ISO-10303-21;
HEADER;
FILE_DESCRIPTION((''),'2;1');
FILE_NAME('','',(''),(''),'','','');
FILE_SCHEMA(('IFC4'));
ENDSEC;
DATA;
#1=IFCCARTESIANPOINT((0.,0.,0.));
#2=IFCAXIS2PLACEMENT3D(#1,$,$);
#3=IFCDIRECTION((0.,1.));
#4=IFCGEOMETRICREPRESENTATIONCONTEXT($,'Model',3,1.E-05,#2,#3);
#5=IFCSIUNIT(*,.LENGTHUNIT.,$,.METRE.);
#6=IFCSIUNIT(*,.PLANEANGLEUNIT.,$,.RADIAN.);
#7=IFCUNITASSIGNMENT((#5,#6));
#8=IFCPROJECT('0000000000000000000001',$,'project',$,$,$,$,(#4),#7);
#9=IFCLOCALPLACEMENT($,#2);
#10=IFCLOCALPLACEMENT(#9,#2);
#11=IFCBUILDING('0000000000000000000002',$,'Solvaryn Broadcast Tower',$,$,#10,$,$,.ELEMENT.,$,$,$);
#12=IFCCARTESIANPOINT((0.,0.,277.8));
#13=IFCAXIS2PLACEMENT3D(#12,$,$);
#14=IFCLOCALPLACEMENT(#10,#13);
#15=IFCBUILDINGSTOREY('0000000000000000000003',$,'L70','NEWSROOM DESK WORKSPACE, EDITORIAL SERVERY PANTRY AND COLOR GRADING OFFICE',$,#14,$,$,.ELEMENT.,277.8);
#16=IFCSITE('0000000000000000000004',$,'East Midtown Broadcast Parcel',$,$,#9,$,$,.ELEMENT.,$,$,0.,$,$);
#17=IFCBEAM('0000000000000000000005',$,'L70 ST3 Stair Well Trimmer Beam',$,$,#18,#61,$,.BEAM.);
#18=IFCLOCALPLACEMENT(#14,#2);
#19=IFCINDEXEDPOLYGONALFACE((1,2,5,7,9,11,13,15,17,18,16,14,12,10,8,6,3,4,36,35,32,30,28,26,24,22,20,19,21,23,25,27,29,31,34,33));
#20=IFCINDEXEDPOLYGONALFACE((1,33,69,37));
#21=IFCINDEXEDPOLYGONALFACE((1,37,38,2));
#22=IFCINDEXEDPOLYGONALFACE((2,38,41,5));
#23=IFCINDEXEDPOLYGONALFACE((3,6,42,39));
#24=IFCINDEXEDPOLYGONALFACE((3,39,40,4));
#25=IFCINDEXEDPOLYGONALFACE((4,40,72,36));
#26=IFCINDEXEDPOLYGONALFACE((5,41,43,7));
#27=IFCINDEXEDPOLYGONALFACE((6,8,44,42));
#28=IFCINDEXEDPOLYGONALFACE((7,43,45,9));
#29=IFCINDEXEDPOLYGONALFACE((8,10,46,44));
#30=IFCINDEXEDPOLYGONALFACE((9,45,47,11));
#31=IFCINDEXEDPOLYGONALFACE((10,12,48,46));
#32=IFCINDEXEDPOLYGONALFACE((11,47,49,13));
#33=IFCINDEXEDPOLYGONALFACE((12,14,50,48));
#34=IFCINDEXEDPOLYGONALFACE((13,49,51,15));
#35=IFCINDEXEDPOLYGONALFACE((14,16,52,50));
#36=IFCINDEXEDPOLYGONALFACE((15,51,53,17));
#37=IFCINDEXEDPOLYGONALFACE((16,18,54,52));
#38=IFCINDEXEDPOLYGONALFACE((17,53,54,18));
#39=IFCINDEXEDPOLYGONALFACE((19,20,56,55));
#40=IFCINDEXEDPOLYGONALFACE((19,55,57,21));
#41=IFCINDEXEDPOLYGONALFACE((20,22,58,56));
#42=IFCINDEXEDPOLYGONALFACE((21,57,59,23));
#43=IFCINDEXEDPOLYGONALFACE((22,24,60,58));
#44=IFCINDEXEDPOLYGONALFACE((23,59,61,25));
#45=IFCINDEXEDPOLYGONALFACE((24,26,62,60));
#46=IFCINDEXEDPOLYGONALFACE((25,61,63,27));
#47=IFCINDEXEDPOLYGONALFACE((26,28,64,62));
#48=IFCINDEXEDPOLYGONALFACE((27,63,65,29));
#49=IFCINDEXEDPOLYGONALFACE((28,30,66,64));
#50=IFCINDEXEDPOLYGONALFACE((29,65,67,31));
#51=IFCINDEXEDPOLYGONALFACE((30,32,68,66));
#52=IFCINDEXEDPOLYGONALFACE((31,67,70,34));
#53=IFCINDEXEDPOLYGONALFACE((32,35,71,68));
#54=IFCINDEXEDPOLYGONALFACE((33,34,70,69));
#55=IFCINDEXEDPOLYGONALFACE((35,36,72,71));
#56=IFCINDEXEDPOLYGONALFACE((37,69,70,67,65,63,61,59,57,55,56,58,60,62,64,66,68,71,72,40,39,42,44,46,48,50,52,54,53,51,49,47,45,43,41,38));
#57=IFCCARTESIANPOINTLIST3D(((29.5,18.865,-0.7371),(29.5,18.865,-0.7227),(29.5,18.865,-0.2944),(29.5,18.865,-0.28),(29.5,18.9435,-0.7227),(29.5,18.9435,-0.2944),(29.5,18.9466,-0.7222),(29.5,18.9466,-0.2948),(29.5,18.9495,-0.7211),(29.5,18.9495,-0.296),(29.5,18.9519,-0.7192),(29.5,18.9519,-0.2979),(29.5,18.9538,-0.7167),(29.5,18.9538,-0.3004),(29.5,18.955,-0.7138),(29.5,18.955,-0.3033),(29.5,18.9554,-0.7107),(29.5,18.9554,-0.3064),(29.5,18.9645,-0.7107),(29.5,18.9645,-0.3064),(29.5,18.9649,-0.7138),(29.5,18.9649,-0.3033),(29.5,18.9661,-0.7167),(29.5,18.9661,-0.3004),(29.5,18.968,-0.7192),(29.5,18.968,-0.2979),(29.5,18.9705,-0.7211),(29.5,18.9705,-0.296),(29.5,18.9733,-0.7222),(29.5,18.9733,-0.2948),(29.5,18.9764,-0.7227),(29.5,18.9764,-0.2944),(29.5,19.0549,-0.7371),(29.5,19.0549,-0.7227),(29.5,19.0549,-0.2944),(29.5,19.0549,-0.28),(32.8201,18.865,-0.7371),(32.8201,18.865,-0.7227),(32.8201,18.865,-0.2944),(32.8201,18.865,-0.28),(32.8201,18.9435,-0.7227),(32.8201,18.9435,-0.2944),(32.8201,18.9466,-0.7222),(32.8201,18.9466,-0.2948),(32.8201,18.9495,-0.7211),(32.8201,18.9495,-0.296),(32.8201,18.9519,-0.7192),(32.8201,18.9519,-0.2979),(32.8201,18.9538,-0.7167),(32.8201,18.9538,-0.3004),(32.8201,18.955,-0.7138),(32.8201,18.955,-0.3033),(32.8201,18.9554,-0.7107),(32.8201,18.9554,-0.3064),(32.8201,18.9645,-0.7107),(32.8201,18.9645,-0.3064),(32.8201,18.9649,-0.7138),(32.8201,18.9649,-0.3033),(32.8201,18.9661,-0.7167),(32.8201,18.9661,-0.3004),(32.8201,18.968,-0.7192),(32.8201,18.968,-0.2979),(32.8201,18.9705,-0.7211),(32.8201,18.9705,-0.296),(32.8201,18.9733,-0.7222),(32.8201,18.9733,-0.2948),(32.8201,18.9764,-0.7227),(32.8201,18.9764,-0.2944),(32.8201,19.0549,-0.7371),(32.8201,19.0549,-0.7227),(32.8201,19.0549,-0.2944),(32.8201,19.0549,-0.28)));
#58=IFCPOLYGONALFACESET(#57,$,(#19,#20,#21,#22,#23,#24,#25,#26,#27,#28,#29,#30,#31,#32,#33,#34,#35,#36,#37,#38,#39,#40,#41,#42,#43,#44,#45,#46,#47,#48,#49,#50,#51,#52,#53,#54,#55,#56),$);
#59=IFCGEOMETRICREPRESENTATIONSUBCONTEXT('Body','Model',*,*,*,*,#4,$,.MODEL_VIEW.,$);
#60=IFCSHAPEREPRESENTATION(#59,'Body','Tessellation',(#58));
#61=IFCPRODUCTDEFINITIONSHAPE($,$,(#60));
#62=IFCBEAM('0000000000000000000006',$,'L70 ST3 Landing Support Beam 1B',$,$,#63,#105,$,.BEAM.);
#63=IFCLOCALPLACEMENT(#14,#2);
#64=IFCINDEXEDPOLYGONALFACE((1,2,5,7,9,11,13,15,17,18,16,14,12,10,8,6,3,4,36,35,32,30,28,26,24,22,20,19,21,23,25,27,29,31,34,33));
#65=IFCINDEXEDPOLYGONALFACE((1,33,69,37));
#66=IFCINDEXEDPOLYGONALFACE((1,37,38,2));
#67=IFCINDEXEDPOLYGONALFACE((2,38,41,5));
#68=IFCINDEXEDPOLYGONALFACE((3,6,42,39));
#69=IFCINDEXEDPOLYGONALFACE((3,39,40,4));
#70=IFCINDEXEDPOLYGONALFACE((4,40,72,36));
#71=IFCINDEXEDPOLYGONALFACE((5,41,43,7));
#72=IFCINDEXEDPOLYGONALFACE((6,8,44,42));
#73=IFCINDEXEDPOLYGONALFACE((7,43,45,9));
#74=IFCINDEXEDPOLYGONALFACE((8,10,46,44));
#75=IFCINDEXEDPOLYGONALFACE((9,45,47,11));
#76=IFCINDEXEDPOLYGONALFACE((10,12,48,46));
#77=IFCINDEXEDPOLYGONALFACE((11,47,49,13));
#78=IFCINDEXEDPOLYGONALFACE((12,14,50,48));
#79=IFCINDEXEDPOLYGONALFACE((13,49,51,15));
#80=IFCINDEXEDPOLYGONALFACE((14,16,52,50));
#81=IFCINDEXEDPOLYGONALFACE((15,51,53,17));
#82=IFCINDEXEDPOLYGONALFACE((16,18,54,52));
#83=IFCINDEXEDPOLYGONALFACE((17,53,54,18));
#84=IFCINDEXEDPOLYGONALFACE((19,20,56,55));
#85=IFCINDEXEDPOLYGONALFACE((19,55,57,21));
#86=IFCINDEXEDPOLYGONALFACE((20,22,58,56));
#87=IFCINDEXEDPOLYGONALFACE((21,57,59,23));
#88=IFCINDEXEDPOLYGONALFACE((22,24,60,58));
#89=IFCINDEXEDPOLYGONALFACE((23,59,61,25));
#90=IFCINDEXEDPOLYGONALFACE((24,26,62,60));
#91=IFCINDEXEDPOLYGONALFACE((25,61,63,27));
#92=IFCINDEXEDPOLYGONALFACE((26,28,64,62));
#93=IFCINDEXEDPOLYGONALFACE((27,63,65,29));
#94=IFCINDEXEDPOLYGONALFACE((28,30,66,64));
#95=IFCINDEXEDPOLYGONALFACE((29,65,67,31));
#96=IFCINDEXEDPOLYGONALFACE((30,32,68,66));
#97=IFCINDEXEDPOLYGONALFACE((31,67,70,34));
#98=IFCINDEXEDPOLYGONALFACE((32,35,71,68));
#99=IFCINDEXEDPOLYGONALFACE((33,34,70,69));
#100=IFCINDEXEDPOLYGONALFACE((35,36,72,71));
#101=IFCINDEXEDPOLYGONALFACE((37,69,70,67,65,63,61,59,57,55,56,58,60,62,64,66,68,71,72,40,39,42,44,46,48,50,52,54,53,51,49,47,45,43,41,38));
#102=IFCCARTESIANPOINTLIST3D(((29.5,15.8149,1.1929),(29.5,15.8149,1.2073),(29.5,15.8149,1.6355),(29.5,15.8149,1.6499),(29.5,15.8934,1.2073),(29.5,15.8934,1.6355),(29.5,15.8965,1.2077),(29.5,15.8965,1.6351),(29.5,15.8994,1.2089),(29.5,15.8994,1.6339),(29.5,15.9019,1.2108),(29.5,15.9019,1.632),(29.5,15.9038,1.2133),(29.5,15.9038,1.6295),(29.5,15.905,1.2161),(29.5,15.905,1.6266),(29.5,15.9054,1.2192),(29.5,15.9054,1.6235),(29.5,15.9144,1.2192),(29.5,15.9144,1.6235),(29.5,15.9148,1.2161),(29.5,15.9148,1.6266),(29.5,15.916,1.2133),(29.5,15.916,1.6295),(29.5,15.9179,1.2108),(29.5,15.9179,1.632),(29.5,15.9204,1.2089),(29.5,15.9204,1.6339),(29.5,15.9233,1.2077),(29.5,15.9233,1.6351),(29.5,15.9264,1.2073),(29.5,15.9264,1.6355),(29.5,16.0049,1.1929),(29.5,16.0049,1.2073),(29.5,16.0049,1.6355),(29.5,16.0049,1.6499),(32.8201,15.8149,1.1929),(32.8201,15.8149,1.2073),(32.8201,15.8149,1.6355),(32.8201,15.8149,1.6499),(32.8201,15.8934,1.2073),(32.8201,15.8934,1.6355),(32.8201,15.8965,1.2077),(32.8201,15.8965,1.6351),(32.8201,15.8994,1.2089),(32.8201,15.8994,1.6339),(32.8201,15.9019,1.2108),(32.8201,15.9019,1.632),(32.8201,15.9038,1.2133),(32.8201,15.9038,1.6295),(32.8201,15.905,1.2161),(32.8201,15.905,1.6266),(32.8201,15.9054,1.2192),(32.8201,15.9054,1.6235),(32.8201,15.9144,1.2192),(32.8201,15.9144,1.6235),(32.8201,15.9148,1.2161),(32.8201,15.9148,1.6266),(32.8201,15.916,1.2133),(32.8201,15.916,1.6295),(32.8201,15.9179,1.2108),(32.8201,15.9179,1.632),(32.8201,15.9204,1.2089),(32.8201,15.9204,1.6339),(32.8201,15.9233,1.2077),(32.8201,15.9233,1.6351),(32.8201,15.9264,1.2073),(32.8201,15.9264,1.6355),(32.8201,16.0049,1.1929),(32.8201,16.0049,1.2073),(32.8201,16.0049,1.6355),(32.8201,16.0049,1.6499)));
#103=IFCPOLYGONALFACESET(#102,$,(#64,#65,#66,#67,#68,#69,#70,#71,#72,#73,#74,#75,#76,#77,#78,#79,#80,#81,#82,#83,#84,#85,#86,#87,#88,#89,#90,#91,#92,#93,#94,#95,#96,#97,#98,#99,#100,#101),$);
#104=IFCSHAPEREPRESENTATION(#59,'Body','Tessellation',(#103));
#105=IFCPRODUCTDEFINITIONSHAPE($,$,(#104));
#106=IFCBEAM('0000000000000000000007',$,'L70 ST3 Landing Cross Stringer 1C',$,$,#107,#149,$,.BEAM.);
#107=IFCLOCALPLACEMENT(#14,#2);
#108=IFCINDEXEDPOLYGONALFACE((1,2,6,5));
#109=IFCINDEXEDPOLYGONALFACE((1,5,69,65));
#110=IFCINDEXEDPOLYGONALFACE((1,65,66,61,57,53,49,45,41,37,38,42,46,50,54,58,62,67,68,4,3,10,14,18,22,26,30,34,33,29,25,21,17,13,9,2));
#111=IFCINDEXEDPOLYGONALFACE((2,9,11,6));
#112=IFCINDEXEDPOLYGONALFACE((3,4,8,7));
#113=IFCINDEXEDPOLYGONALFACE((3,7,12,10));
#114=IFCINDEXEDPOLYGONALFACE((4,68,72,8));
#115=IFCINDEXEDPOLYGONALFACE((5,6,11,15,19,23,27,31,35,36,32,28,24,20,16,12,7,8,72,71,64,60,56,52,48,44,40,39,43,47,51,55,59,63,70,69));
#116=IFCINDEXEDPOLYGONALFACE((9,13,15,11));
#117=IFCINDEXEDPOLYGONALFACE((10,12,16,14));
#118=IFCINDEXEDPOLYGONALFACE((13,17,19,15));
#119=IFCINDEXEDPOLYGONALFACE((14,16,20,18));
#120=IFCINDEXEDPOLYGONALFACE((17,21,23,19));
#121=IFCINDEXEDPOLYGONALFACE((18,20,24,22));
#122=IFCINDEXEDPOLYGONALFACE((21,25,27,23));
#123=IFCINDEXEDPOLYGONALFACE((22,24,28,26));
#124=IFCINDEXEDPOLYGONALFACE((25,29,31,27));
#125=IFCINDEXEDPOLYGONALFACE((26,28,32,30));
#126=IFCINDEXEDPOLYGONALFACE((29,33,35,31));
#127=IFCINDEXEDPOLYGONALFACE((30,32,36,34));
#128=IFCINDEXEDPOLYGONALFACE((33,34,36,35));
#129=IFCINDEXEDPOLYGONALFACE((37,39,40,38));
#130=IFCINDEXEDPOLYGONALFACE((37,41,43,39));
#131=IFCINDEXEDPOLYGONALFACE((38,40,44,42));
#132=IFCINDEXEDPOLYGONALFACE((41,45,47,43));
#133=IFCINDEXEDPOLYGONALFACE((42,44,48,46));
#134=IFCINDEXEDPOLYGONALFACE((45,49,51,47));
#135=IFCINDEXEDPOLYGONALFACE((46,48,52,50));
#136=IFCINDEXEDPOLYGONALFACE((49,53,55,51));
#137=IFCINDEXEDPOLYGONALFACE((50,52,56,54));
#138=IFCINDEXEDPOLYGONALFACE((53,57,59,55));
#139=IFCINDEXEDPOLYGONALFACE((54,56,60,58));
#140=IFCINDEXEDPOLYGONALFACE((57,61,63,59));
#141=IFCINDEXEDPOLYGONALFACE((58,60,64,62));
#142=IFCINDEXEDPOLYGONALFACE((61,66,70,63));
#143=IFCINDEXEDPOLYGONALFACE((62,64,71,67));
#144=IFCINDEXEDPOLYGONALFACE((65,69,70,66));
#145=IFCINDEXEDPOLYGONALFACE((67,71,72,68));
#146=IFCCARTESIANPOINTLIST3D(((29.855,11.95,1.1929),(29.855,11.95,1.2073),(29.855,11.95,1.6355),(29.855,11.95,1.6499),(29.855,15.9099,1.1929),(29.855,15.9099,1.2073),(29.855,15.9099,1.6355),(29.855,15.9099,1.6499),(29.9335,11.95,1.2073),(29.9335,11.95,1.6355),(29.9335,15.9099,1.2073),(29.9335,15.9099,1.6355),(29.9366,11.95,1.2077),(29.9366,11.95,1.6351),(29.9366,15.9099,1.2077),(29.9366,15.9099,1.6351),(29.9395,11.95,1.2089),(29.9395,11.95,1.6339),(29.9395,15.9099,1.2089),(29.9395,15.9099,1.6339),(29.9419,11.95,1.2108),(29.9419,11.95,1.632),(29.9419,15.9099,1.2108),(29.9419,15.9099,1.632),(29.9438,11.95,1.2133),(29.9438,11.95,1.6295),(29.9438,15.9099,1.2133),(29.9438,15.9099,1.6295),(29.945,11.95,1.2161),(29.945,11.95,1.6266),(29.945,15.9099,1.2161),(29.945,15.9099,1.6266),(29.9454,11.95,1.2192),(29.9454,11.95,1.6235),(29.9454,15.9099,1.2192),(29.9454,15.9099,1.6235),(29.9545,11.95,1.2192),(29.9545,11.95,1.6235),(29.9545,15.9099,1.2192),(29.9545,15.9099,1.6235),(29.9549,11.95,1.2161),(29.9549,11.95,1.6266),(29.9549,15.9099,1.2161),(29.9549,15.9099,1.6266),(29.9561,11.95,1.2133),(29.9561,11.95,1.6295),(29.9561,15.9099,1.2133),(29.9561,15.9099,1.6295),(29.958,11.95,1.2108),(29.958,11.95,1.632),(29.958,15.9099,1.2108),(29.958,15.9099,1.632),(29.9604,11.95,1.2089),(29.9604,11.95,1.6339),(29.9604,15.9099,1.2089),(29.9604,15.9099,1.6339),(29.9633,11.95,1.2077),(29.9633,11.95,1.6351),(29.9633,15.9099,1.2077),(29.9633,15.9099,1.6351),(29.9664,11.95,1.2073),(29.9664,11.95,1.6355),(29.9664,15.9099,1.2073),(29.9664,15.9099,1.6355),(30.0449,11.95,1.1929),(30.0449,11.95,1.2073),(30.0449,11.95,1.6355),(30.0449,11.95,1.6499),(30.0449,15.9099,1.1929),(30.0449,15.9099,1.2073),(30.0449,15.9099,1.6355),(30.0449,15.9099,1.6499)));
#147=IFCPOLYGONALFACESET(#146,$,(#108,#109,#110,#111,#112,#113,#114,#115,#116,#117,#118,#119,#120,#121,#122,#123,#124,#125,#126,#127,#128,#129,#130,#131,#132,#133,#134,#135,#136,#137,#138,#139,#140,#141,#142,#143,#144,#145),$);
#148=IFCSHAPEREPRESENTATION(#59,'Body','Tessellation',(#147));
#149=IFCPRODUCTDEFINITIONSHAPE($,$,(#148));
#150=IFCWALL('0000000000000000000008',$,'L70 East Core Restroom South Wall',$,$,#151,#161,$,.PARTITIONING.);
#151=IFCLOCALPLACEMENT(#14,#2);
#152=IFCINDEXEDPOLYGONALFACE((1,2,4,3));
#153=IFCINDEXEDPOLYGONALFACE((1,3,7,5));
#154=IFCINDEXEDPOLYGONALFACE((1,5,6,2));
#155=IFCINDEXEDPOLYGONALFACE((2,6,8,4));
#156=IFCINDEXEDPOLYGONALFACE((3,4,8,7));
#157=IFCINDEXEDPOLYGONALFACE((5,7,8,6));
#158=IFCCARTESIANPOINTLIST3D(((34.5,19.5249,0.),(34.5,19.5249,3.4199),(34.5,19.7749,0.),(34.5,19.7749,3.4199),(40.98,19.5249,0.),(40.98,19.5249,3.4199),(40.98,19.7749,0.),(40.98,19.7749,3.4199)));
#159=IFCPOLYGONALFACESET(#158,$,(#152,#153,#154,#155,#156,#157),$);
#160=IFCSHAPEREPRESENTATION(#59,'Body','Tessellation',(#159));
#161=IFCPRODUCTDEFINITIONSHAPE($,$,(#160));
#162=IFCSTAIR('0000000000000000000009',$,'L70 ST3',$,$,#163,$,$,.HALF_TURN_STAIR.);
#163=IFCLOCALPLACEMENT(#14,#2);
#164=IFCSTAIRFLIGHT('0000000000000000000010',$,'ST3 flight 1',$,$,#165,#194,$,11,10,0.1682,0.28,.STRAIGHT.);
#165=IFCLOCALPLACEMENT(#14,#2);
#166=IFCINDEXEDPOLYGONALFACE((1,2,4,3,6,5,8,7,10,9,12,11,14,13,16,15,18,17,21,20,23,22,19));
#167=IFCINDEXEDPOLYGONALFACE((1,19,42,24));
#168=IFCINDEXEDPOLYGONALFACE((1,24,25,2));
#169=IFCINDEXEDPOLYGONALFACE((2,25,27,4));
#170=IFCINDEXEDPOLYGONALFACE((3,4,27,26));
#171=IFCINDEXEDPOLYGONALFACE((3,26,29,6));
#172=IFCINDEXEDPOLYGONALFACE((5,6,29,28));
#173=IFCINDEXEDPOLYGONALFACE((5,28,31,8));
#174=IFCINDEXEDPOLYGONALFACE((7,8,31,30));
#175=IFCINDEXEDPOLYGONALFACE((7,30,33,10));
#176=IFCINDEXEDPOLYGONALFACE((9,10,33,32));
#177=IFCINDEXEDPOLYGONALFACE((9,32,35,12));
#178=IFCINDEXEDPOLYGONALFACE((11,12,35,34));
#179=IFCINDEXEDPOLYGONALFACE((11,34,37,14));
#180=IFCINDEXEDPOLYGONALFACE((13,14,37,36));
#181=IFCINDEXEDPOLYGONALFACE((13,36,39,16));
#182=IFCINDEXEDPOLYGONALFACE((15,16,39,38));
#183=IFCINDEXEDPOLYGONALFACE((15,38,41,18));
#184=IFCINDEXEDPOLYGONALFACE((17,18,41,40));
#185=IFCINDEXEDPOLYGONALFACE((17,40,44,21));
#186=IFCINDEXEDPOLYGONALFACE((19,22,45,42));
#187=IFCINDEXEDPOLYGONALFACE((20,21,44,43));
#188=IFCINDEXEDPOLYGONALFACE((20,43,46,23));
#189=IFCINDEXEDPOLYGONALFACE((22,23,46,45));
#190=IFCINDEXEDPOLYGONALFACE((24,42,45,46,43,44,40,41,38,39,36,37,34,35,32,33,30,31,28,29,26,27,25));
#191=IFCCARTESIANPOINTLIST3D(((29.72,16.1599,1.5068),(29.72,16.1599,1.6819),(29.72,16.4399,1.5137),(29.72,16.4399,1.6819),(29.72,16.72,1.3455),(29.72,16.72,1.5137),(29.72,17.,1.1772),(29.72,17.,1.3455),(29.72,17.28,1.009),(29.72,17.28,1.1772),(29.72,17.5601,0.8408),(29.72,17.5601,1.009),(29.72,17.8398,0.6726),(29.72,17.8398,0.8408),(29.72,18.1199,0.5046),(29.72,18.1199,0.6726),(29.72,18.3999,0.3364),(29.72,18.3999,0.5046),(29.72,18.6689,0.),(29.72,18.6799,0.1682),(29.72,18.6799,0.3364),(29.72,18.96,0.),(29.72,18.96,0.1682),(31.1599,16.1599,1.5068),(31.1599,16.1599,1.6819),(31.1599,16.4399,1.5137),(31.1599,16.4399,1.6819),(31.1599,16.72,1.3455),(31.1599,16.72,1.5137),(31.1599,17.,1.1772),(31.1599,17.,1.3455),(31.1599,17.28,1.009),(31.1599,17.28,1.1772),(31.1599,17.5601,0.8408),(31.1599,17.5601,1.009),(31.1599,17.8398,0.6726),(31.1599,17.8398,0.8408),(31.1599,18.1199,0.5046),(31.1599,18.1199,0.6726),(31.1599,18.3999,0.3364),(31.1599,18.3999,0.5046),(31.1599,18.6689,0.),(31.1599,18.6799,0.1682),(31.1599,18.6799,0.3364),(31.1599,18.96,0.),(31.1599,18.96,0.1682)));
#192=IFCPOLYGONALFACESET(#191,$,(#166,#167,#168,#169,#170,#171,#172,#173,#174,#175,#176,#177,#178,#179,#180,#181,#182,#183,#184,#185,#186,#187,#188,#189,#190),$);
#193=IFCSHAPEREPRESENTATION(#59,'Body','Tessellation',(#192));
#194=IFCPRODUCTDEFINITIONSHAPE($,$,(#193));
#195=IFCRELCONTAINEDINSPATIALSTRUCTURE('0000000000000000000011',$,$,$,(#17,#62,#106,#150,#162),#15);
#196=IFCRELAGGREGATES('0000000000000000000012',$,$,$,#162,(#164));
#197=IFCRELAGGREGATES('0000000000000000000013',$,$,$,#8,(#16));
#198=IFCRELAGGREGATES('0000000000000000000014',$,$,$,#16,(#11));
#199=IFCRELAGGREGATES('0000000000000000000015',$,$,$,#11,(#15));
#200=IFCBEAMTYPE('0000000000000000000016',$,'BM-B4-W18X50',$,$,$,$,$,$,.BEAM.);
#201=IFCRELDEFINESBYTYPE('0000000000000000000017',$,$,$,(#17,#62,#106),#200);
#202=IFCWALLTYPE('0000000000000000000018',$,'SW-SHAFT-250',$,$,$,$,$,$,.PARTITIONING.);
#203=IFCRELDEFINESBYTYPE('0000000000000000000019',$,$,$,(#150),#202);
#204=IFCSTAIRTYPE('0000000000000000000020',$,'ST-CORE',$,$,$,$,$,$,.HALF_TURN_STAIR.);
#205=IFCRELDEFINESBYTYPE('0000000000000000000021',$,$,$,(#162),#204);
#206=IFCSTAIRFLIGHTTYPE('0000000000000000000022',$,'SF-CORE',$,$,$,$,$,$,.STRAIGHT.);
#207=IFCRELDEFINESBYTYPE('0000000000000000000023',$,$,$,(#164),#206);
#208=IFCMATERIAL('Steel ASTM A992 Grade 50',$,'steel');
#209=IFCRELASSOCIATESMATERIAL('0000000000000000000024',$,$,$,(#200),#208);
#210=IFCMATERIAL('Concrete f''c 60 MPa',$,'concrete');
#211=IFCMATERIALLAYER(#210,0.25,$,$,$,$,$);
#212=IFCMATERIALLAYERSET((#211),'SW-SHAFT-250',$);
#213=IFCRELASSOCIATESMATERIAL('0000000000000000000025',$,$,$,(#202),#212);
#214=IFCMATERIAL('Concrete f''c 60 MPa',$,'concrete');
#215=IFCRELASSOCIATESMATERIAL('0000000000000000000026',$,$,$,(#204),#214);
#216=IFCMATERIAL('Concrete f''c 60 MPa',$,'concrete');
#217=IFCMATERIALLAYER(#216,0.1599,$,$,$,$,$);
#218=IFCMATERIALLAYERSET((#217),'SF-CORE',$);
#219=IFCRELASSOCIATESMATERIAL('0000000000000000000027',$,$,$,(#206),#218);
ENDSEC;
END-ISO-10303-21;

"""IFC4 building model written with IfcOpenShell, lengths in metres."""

from ifc_helpers import new_model, si_unit, direction, frame, frame_2d, origin, origin_2d, place, context, subcontext, project, spatial, polyline, rectangle, i_section, outline, extrude, material, layer, layer_set, material_profile, profile_set, type_object, element, aggregate, save


model = new_model("IFC4")

# Units and contexts
model_context = context("Model", 3, precision=1e-05, world=origin(), true_north=direction((0.0, 1.0)))
body_context = subcontext(model_context, "Body", "Model", "MODEL_VIEW")
ifc_project = project(units=[si_unit("LENGTHUNIT", "METRE"), si_unit("PLANEANGLEUNIT", "RADIAN")], contexts=[model_context])

# Site, building, storey
site_placement = place(None, origin())
site = spatial("IfcSite", under=ifc_project, at=site_placement, Name="East Midtown Broadcast Parcel", CompositionType="ELEMENT", RefElevation=0.0)
building_placement = place(site_placement, origin())
building = spatial("IfcBuilding", under=site, at=building_placement, Name="Solvaryn Broadcast Tower", CompositionType="ELEMENT")
storey_placement = place(building_placement, frame((0.0, 0.0, 277.8)))
storey = spatial("IfcBuildingStorey", under=building, at=storey_placement, Name="L70", Description="NEWSROOM DESK WORKSPACE, EDITORIAL SERVERY PANTRY AND COLOR GRADING OFFICE", CompositionType="ELEMENT", Elevation=277.8)

# Beams
ifc_material_1 = material(Name="Steel ASTM A992 Grade 50", Category="steel")
ifc_material_profile_1 = material_profile(ifc_material_1, i_section(OverallWidth=0.1899, OverallDepth=0.457, WebThickness=0.009, FlangeThickness=0.0144, FilletRadius=0.012, at=origin_2d()))
ifc_profile_set_1 = profile_set([ifc_material_profile_1], Name="Steel ASTM A992 Grade 50")
beam_type_1 = type_object("IfcBeamType", Name="BM-B4-W18X50", PredefinedType="BEAM", material=ifc_profile_set_1)
for number, where, z_axis, x_axis, name in (
    (1, (29.5, 18.96, -0.5085), (1.0, 0.0, 0.0), (0.0, 1.0, 0.0), "L70 ST3 Stair Well Trimmer Beam"),
    (2, (29.5, 15.9099, 1.4214), (1.0, 0.0, 0.0), (0.0, 1.0, 0.0), "L70 ST3 Landing Support Beam 1B"),
):
    element("IfcBeam", number, at=place(storey_placement, frame(where, z_axis=z_axis, x_axis=x_axis)), inside=storey, type_object=beam_type_1, Name=name, PredefinedType="BEAM", context=body_context, shape_type="SweptSolid", body=[
        extrude(i_section(OverallWidth=0.1899, OverallDepth=0.457, WebThickness=0.009, FlangeThickness=0.0144, FilletRadius=0.012, at=origin_2d()), origin(), (0.0, 0.0, 1.0), 3.3201),
    ])
beam_1_placement = place(storey_placement, frame((29.95, 11.95, 1.4214), z_axis=(0.0, 1.0, 0.0), x_axis=(-1.0, 0.0, 0.0)))
element("IfcBeam", 3, at=beam_1_placement, inside=storey, type_object=beam_type_1, Name="L70 ST3 Landing Cross Stringer 1C", PredefinedType="BEAM", context=body_context, shape_type="SweptSolid", body=[
    extrude(i_section(OverallWidth=0.1899, OverallDepth=0.457, WebThickness=0.009, FlangeThickness=0.0144, FilletRadius=0.012, at=origin_2d()), origin(), (0.0, 0.0, 1.0), 3.96),
])

# Shared definitions
ifc_material_2 = material(Name="Concrete f'c 60 MPa", Category="concrete")
ifc_layer_1 = layer(ifc_material_2, 0.25)
ifc_layer_set_1 = layer_set([ifc_layer_1], Name="SW-SHAFT-250")
wall_type_1 = type_object("IfcWallType", Name="SW-SHAFT-250", PredefinedType="PARTITIONING", material=ifc_layer_set_1)

# Wall
wall_1_placement = place(storey_placement, frame((34.5, 19.6499, 0.0), z_axis=(0.0, 0.0, 1.0), x_axis=(1.0, 0.0, 0.0)))
element("IfcWall", 4, at=wall_1_placement, inside=storey, type_object=wall_type_1, Name="L70 East Core Restroom South Wall", PredefinedType="PARTITIONING", context=body_context, shape_type="SweptSolid", body=[
    extrude(rectangle(XDim=6.48, YDim=0.25, at=frame_2d((3.24, 0.0))), origin(), (0.0, 0.0, 1.0), 3.4199),
])

# Stair, stair flight
ifc_material_3 = material(Name="Concrete f'c 60 MPa", Category="concrete")
stair_type = type_object("IfcStairType", Name="ST-CORE", PredefinedType="HALF_TURN_STAIR", material=ifc_material_3)
stair_placement = place(storey_placement, origin())
stair = element("IfcStair", 5, at=stair_placement, inside=storey, type_object=stair_type, Name="L70 ST3", PredefinedType="HALF_TURN_STAIR")
ifc_material_4 = material(Name="Concrete f'c 60 MPa", Category="concrete")
ifc_layer_2 = layer(ifc_material_4, 0.1599)
ifc_layer_set_2 = layer_set([ifc_layer_2], Name="SF-CORE")
stair_flight_type = type_object("IfcStairFlightType", Name="SF-CORE", PredefinedType="STRAIGHT", material=ifc_layer_set_2)
stair_flight_1_placement = place(storey_placement, frame((30.4399, 18.96, 0.0), z_axis=(0.0, 0.0, 1.0), x_axis=(0.0, -1.0, 0.0)))
stair_flight_1 = element("IfcStairFlight", 6, at=stair_flight_1_placement, type_object=stair_flight_type, Name="ST3 flight 1", NumberOfRisers=11, NumberOfTreads=10, PredefinedType="STRAIGHT", RiserHeight=0.1682, TreadLength=0.28, context=body_context, shape_type="SweptSolid", body=[
    extrude(outline(polyline([(0.0, 0.0), (0.0, 0.1682), (0.28, 0.1682), (0.28, 0.3364), (0.5601, 0.3364), (0.5601, 0.5046), (0.8401, 0.5046), (0.8401, 0.6726), (1.1201, 0.6726), (1.1201, 0.8408), (1.3999, 0.8408), (1.3999, 1.009), (1.6799, 1.009), (1.6799, 1.1772), (1.96, 1.1772), (1.96, 1.3455), (2.24, 1.3455), (2.24, 1.5137), (2.52, 1.5137), (2.52, 1.6819), (2.8, 1.6819), (2.8, 1.8501), (2.8, 1.5068), (0.291, 0.0), (0.0, 0.0)])), frame((0.0, 0.72, 0.0), z_axis=(0.0, -1.0, 0.0), x_axis=(1.0, 0.0, 0.0)), (0.0, 0.0, 1.0), 1.4399),
])
aggregate(stair, [stair_flight_1])

save(model, "model.ifc")
